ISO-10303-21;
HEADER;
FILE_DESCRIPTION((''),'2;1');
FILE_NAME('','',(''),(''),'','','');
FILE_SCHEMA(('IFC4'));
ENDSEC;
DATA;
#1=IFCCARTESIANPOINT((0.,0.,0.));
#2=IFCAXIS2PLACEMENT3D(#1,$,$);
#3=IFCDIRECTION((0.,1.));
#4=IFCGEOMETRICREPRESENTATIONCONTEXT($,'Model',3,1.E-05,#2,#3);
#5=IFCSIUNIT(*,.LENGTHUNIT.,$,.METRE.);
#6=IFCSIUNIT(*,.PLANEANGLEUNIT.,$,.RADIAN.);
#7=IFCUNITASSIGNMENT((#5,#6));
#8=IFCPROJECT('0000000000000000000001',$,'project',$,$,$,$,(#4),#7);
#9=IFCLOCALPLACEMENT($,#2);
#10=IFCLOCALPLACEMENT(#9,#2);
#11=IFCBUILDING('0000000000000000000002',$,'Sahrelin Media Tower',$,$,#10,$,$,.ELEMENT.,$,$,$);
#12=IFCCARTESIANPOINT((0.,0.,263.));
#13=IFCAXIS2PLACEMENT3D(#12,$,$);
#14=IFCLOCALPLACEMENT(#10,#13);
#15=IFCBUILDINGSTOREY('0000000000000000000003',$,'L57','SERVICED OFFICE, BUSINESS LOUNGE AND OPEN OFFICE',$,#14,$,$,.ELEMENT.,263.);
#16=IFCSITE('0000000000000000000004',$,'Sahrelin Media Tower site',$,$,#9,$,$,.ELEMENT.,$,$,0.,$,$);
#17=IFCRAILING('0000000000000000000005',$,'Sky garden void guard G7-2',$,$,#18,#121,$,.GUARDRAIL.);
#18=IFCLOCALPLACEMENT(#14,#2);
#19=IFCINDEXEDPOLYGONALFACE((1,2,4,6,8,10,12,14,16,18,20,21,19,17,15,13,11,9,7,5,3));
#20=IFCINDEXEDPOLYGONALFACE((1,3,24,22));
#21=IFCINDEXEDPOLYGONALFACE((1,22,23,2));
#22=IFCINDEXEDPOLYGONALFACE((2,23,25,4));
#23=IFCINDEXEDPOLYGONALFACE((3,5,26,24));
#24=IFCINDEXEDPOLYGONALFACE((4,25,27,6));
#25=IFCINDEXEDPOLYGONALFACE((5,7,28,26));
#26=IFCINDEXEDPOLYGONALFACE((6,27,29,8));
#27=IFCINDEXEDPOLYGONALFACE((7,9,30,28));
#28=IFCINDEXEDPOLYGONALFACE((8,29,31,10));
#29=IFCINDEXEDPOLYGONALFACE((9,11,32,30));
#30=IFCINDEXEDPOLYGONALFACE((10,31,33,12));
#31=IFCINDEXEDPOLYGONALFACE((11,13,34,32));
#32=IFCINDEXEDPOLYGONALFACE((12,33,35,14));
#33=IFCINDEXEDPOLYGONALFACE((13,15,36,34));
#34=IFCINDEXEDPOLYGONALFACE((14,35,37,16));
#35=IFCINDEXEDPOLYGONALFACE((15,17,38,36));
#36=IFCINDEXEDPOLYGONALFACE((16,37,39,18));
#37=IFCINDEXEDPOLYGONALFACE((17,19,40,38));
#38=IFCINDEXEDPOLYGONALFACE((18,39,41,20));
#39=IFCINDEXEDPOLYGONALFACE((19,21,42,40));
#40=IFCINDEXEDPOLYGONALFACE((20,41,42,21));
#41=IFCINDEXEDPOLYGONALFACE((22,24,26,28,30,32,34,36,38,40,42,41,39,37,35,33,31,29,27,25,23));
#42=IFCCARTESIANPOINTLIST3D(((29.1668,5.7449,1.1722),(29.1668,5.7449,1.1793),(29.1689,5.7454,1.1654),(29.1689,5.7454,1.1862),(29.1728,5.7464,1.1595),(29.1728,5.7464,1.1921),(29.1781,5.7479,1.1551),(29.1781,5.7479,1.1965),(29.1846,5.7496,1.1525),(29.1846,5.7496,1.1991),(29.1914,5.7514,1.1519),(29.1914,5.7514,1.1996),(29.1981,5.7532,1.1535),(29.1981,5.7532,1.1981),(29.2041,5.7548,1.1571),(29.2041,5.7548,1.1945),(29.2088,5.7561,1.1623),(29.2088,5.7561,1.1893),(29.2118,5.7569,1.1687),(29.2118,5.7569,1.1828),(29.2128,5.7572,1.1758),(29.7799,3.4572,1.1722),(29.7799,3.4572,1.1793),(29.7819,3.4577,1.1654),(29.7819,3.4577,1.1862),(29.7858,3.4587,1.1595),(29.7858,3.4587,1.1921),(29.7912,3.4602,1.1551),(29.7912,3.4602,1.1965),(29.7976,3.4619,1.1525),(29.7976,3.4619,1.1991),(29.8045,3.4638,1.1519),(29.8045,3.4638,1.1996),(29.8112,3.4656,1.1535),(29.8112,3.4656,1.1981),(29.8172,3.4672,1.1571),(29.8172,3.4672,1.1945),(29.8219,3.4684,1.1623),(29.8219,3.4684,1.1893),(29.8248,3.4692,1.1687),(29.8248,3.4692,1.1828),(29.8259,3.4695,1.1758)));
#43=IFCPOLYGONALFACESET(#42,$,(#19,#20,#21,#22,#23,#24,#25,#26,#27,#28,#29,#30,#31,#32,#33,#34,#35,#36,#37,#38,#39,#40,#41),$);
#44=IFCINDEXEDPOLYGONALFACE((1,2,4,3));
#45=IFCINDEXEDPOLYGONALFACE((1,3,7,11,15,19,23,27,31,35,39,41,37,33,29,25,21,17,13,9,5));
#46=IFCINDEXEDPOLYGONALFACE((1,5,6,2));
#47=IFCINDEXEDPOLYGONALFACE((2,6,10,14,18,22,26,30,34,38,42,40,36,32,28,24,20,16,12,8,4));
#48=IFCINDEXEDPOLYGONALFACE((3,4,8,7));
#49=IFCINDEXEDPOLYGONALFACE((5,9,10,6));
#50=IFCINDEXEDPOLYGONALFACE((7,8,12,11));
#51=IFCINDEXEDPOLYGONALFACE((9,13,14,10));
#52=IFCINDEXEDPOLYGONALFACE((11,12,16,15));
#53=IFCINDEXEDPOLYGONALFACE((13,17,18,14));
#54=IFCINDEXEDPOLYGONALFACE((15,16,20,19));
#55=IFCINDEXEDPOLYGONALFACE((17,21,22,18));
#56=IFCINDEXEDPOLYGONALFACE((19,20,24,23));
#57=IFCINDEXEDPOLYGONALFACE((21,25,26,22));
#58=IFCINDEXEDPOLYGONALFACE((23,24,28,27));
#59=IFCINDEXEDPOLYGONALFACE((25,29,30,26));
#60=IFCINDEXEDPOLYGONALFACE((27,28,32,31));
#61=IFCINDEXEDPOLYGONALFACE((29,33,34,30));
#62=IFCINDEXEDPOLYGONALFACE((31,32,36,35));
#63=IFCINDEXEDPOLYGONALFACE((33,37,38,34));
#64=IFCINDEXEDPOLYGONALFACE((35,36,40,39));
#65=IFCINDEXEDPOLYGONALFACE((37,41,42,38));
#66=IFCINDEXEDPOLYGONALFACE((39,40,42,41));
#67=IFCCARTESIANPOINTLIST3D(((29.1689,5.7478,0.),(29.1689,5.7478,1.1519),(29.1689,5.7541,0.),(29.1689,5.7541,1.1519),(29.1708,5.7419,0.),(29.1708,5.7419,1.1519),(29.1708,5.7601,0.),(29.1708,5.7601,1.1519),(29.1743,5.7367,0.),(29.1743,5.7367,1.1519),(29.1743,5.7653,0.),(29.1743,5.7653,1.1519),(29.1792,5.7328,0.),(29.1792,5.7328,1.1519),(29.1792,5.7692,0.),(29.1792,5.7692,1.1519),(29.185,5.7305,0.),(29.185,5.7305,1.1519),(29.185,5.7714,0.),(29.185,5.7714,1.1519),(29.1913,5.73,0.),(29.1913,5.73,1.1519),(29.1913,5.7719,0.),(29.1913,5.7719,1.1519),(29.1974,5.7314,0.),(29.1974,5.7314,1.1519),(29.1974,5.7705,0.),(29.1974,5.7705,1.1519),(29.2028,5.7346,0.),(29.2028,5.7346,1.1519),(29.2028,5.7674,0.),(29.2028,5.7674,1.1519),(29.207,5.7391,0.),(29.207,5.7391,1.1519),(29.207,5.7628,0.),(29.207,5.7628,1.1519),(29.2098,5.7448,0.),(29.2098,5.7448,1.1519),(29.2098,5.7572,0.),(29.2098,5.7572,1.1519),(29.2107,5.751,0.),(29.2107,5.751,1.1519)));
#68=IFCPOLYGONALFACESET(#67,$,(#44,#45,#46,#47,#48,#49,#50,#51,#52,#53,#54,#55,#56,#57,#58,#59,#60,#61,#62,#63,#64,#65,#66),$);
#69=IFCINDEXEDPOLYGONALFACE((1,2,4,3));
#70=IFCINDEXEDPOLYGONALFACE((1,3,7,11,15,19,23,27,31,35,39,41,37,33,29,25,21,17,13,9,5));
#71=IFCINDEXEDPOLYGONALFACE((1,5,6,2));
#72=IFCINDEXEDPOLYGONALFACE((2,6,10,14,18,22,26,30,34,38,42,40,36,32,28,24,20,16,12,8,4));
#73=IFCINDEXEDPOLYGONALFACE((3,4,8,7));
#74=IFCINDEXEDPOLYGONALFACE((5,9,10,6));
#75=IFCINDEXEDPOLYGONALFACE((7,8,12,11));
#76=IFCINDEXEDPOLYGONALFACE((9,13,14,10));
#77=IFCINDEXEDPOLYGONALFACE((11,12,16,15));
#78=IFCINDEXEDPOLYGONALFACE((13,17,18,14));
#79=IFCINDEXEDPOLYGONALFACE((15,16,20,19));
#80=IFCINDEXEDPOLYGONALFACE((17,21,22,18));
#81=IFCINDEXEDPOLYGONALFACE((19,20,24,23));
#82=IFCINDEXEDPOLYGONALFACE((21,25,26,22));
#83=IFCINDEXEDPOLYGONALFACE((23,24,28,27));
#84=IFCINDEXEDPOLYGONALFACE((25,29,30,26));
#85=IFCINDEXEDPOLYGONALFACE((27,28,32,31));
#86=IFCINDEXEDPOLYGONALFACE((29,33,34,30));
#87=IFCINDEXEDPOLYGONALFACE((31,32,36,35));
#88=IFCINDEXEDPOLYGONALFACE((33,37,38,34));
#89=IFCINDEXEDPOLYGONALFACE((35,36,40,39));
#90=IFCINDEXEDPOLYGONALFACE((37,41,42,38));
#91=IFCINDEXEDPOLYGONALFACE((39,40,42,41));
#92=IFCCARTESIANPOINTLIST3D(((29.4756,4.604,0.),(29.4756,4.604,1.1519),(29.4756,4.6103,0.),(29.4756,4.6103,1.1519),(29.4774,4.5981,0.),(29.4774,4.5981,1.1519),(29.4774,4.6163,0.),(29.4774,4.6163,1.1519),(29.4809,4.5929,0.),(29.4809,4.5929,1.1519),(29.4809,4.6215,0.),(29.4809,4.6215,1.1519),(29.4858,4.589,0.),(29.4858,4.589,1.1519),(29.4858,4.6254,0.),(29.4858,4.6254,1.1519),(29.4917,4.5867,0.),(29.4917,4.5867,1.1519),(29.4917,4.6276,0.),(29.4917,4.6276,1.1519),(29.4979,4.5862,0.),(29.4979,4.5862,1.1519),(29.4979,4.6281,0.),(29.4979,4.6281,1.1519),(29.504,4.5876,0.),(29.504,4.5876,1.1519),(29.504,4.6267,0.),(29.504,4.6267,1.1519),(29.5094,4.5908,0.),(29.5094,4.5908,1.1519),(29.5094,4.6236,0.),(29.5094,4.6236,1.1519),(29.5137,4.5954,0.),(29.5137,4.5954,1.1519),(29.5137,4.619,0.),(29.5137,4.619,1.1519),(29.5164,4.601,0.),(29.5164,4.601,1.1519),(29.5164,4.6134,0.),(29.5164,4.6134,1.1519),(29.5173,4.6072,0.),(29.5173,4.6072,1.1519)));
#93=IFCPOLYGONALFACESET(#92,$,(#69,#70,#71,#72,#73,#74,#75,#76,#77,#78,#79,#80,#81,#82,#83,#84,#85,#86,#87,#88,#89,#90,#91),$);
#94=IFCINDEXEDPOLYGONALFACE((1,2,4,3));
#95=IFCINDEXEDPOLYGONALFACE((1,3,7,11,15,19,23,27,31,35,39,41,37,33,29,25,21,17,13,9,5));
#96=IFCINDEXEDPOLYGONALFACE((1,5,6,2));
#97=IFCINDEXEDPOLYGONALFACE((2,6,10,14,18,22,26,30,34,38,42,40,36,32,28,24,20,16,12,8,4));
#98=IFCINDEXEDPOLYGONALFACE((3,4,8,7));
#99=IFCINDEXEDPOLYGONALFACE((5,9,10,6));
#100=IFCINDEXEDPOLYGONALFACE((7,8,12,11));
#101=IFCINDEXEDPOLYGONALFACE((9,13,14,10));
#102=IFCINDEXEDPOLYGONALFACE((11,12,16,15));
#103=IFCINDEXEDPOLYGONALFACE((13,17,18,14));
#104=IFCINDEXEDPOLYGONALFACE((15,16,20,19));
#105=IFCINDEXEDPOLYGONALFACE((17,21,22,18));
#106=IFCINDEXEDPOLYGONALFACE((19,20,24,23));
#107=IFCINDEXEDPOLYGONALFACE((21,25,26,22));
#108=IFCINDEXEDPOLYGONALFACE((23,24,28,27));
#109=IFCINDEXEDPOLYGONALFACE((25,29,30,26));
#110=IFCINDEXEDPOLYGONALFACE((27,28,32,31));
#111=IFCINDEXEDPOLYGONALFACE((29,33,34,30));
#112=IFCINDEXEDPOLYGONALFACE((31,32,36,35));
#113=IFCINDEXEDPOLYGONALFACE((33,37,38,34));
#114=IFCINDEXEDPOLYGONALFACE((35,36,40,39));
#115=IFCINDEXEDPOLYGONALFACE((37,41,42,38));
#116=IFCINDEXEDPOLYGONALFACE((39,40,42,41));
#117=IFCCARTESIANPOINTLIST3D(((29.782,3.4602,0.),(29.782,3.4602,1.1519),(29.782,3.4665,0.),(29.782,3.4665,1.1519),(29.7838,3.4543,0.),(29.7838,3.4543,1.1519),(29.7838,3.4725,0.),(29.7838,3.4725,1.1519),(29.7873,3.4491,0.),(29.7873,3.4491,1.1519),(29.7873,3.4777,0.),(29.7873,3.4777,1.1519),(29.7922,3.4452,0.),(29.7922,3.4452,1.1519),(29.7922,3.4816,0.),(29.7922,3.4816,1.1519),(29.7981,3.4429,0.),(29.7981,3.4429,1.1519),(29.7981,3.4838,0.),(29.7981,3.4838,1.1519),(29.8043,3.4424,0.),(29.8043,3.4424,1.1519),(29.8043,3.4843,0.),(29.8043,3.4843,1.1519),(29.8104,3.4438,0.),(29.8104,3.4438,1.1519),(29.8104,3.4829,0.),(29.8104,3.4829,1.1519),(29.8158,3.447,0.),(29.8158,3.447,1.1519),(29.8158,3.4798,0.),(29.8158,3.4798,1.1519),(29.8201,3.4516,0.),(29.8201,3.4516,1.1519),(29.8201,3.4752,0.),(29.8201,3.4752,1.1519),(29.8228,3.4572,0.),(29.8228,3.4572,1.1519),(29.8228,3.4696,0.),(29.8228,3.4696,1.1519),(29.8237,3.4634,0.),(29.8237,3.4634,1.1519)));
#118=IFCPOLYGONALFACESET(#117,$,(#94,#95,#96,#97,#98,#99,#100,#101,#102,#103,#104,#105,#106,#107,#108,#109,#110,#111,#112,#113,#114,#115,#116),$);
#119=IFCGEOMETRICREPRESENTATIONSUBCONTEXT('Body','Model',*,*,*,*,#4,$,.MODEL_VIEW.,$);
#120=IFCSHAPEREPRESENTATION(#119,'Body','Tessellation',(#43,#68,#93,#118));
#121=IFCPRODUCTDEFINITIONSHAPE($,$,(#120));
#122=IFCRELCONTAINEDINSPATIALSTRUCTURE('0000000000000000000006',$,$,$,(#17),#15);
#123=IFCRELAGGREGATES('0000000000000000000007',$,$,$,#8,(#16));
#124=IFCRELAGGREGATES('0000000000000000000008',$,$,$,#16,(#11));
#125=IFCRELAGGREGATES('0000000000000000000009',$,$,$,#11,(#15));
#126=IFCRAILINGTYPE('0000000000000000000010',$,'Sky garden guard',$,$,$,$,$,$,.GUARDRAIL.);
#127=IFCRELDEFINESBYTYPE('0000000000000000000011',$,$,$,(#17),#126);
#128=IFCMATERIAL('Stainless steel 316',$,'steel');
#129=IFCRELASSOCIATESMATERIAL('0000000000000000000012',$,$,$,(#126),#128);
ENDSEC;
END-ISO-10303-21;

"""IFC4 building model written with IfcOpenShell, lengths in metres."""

from ifc_helpers import new_model, si_unit, direction, frame, origin, origin_2d, place, context, subcontext, project, spatial, circle, extrude, material, type_object, element, save


model = new_model("IFC4")

# Units and contexts
model_context = context("Model", 3, precision=1e-05, world=origin(), true_north=direction((0.0, 1.0)))
body_context = subcontext(model_context, "Body", "Model", "MODEL_VIEW")
ifc_project = project(units=[si_unit("LENGTHUNIT", "METRE"), si_unit("PLANEANGLEUNIT", "RADIAN")], contexts=[model_context])

# Site, building, storey
site_placement = place(None, origin())
site = spatial("IfcSite", under=ifc_project, at=site_placement, Name="Sahrelin Media Tower site", CompositionType="ELEMENT", RefElevation=0.0)
building_placement = place(site_placement, origin())
building = spatial("IfcBuilding", under=site, at=building_placement, Name="Sahrelin Media Tower", CompositionType="ELEMENT")
storey_placement = place(building_placement, frame((0.0, 0.0, 263.0)))
storey = spatial("IfcBuildingStorey", under=building, at=storey_placement, Name="L57", Description="SERVICED OFFICE, BUSINESS LOUNGE AND OPEN OFFICE", CompositionType="ELEMENT", Elevation=263.0)

# Railing
ifc_material_1 = material(Name="Stainless steel 316", Category="steel")
railing_type = type_object("IfcRailingType", Name="Sky garden guard", PredefinedType="GUARDRAIL", material=ifc_material_1)
railing_1_placement = place(storey_placement, frame((29.1897, 5.751, 0.0)))
element("IfcRailing", 1, at=railing_1_placement, inside=storey, type_object=railing_type, Name="Sky garden void guard G7-2", PredefinedType="GUARDRAIL", context=body_context, shape_type="SweptSolid", body=[
    extrude(circle(Radius=0.0239, at=origin_2d()), frame((0.0, 0.0, 1.1758), z_axis=(0.258849, -0.965918, 0.0), x_axis=(0.965918, 0.258849, 0.0)), (0.0, 0.0, 1.0), 2.3684),
    extrude(circle(Radius=0.021, at=origin_2d()), origin(), (0.0, 0.0, 1.0), 1.1519),
    extrude(circle(Radius=0.021, at=origin_2d()), frame((0.3066, -1.1438, 0.0)), (0.0, 0.0, 1.0), 1.1519),
    extrude(circle(Radius=0.021, at=origin_2d()), frame((0.613, -2.2876, 0.0)), (0.0, 0.0, 1.0), 1.1519),
])

save(model, "model.ifc")
